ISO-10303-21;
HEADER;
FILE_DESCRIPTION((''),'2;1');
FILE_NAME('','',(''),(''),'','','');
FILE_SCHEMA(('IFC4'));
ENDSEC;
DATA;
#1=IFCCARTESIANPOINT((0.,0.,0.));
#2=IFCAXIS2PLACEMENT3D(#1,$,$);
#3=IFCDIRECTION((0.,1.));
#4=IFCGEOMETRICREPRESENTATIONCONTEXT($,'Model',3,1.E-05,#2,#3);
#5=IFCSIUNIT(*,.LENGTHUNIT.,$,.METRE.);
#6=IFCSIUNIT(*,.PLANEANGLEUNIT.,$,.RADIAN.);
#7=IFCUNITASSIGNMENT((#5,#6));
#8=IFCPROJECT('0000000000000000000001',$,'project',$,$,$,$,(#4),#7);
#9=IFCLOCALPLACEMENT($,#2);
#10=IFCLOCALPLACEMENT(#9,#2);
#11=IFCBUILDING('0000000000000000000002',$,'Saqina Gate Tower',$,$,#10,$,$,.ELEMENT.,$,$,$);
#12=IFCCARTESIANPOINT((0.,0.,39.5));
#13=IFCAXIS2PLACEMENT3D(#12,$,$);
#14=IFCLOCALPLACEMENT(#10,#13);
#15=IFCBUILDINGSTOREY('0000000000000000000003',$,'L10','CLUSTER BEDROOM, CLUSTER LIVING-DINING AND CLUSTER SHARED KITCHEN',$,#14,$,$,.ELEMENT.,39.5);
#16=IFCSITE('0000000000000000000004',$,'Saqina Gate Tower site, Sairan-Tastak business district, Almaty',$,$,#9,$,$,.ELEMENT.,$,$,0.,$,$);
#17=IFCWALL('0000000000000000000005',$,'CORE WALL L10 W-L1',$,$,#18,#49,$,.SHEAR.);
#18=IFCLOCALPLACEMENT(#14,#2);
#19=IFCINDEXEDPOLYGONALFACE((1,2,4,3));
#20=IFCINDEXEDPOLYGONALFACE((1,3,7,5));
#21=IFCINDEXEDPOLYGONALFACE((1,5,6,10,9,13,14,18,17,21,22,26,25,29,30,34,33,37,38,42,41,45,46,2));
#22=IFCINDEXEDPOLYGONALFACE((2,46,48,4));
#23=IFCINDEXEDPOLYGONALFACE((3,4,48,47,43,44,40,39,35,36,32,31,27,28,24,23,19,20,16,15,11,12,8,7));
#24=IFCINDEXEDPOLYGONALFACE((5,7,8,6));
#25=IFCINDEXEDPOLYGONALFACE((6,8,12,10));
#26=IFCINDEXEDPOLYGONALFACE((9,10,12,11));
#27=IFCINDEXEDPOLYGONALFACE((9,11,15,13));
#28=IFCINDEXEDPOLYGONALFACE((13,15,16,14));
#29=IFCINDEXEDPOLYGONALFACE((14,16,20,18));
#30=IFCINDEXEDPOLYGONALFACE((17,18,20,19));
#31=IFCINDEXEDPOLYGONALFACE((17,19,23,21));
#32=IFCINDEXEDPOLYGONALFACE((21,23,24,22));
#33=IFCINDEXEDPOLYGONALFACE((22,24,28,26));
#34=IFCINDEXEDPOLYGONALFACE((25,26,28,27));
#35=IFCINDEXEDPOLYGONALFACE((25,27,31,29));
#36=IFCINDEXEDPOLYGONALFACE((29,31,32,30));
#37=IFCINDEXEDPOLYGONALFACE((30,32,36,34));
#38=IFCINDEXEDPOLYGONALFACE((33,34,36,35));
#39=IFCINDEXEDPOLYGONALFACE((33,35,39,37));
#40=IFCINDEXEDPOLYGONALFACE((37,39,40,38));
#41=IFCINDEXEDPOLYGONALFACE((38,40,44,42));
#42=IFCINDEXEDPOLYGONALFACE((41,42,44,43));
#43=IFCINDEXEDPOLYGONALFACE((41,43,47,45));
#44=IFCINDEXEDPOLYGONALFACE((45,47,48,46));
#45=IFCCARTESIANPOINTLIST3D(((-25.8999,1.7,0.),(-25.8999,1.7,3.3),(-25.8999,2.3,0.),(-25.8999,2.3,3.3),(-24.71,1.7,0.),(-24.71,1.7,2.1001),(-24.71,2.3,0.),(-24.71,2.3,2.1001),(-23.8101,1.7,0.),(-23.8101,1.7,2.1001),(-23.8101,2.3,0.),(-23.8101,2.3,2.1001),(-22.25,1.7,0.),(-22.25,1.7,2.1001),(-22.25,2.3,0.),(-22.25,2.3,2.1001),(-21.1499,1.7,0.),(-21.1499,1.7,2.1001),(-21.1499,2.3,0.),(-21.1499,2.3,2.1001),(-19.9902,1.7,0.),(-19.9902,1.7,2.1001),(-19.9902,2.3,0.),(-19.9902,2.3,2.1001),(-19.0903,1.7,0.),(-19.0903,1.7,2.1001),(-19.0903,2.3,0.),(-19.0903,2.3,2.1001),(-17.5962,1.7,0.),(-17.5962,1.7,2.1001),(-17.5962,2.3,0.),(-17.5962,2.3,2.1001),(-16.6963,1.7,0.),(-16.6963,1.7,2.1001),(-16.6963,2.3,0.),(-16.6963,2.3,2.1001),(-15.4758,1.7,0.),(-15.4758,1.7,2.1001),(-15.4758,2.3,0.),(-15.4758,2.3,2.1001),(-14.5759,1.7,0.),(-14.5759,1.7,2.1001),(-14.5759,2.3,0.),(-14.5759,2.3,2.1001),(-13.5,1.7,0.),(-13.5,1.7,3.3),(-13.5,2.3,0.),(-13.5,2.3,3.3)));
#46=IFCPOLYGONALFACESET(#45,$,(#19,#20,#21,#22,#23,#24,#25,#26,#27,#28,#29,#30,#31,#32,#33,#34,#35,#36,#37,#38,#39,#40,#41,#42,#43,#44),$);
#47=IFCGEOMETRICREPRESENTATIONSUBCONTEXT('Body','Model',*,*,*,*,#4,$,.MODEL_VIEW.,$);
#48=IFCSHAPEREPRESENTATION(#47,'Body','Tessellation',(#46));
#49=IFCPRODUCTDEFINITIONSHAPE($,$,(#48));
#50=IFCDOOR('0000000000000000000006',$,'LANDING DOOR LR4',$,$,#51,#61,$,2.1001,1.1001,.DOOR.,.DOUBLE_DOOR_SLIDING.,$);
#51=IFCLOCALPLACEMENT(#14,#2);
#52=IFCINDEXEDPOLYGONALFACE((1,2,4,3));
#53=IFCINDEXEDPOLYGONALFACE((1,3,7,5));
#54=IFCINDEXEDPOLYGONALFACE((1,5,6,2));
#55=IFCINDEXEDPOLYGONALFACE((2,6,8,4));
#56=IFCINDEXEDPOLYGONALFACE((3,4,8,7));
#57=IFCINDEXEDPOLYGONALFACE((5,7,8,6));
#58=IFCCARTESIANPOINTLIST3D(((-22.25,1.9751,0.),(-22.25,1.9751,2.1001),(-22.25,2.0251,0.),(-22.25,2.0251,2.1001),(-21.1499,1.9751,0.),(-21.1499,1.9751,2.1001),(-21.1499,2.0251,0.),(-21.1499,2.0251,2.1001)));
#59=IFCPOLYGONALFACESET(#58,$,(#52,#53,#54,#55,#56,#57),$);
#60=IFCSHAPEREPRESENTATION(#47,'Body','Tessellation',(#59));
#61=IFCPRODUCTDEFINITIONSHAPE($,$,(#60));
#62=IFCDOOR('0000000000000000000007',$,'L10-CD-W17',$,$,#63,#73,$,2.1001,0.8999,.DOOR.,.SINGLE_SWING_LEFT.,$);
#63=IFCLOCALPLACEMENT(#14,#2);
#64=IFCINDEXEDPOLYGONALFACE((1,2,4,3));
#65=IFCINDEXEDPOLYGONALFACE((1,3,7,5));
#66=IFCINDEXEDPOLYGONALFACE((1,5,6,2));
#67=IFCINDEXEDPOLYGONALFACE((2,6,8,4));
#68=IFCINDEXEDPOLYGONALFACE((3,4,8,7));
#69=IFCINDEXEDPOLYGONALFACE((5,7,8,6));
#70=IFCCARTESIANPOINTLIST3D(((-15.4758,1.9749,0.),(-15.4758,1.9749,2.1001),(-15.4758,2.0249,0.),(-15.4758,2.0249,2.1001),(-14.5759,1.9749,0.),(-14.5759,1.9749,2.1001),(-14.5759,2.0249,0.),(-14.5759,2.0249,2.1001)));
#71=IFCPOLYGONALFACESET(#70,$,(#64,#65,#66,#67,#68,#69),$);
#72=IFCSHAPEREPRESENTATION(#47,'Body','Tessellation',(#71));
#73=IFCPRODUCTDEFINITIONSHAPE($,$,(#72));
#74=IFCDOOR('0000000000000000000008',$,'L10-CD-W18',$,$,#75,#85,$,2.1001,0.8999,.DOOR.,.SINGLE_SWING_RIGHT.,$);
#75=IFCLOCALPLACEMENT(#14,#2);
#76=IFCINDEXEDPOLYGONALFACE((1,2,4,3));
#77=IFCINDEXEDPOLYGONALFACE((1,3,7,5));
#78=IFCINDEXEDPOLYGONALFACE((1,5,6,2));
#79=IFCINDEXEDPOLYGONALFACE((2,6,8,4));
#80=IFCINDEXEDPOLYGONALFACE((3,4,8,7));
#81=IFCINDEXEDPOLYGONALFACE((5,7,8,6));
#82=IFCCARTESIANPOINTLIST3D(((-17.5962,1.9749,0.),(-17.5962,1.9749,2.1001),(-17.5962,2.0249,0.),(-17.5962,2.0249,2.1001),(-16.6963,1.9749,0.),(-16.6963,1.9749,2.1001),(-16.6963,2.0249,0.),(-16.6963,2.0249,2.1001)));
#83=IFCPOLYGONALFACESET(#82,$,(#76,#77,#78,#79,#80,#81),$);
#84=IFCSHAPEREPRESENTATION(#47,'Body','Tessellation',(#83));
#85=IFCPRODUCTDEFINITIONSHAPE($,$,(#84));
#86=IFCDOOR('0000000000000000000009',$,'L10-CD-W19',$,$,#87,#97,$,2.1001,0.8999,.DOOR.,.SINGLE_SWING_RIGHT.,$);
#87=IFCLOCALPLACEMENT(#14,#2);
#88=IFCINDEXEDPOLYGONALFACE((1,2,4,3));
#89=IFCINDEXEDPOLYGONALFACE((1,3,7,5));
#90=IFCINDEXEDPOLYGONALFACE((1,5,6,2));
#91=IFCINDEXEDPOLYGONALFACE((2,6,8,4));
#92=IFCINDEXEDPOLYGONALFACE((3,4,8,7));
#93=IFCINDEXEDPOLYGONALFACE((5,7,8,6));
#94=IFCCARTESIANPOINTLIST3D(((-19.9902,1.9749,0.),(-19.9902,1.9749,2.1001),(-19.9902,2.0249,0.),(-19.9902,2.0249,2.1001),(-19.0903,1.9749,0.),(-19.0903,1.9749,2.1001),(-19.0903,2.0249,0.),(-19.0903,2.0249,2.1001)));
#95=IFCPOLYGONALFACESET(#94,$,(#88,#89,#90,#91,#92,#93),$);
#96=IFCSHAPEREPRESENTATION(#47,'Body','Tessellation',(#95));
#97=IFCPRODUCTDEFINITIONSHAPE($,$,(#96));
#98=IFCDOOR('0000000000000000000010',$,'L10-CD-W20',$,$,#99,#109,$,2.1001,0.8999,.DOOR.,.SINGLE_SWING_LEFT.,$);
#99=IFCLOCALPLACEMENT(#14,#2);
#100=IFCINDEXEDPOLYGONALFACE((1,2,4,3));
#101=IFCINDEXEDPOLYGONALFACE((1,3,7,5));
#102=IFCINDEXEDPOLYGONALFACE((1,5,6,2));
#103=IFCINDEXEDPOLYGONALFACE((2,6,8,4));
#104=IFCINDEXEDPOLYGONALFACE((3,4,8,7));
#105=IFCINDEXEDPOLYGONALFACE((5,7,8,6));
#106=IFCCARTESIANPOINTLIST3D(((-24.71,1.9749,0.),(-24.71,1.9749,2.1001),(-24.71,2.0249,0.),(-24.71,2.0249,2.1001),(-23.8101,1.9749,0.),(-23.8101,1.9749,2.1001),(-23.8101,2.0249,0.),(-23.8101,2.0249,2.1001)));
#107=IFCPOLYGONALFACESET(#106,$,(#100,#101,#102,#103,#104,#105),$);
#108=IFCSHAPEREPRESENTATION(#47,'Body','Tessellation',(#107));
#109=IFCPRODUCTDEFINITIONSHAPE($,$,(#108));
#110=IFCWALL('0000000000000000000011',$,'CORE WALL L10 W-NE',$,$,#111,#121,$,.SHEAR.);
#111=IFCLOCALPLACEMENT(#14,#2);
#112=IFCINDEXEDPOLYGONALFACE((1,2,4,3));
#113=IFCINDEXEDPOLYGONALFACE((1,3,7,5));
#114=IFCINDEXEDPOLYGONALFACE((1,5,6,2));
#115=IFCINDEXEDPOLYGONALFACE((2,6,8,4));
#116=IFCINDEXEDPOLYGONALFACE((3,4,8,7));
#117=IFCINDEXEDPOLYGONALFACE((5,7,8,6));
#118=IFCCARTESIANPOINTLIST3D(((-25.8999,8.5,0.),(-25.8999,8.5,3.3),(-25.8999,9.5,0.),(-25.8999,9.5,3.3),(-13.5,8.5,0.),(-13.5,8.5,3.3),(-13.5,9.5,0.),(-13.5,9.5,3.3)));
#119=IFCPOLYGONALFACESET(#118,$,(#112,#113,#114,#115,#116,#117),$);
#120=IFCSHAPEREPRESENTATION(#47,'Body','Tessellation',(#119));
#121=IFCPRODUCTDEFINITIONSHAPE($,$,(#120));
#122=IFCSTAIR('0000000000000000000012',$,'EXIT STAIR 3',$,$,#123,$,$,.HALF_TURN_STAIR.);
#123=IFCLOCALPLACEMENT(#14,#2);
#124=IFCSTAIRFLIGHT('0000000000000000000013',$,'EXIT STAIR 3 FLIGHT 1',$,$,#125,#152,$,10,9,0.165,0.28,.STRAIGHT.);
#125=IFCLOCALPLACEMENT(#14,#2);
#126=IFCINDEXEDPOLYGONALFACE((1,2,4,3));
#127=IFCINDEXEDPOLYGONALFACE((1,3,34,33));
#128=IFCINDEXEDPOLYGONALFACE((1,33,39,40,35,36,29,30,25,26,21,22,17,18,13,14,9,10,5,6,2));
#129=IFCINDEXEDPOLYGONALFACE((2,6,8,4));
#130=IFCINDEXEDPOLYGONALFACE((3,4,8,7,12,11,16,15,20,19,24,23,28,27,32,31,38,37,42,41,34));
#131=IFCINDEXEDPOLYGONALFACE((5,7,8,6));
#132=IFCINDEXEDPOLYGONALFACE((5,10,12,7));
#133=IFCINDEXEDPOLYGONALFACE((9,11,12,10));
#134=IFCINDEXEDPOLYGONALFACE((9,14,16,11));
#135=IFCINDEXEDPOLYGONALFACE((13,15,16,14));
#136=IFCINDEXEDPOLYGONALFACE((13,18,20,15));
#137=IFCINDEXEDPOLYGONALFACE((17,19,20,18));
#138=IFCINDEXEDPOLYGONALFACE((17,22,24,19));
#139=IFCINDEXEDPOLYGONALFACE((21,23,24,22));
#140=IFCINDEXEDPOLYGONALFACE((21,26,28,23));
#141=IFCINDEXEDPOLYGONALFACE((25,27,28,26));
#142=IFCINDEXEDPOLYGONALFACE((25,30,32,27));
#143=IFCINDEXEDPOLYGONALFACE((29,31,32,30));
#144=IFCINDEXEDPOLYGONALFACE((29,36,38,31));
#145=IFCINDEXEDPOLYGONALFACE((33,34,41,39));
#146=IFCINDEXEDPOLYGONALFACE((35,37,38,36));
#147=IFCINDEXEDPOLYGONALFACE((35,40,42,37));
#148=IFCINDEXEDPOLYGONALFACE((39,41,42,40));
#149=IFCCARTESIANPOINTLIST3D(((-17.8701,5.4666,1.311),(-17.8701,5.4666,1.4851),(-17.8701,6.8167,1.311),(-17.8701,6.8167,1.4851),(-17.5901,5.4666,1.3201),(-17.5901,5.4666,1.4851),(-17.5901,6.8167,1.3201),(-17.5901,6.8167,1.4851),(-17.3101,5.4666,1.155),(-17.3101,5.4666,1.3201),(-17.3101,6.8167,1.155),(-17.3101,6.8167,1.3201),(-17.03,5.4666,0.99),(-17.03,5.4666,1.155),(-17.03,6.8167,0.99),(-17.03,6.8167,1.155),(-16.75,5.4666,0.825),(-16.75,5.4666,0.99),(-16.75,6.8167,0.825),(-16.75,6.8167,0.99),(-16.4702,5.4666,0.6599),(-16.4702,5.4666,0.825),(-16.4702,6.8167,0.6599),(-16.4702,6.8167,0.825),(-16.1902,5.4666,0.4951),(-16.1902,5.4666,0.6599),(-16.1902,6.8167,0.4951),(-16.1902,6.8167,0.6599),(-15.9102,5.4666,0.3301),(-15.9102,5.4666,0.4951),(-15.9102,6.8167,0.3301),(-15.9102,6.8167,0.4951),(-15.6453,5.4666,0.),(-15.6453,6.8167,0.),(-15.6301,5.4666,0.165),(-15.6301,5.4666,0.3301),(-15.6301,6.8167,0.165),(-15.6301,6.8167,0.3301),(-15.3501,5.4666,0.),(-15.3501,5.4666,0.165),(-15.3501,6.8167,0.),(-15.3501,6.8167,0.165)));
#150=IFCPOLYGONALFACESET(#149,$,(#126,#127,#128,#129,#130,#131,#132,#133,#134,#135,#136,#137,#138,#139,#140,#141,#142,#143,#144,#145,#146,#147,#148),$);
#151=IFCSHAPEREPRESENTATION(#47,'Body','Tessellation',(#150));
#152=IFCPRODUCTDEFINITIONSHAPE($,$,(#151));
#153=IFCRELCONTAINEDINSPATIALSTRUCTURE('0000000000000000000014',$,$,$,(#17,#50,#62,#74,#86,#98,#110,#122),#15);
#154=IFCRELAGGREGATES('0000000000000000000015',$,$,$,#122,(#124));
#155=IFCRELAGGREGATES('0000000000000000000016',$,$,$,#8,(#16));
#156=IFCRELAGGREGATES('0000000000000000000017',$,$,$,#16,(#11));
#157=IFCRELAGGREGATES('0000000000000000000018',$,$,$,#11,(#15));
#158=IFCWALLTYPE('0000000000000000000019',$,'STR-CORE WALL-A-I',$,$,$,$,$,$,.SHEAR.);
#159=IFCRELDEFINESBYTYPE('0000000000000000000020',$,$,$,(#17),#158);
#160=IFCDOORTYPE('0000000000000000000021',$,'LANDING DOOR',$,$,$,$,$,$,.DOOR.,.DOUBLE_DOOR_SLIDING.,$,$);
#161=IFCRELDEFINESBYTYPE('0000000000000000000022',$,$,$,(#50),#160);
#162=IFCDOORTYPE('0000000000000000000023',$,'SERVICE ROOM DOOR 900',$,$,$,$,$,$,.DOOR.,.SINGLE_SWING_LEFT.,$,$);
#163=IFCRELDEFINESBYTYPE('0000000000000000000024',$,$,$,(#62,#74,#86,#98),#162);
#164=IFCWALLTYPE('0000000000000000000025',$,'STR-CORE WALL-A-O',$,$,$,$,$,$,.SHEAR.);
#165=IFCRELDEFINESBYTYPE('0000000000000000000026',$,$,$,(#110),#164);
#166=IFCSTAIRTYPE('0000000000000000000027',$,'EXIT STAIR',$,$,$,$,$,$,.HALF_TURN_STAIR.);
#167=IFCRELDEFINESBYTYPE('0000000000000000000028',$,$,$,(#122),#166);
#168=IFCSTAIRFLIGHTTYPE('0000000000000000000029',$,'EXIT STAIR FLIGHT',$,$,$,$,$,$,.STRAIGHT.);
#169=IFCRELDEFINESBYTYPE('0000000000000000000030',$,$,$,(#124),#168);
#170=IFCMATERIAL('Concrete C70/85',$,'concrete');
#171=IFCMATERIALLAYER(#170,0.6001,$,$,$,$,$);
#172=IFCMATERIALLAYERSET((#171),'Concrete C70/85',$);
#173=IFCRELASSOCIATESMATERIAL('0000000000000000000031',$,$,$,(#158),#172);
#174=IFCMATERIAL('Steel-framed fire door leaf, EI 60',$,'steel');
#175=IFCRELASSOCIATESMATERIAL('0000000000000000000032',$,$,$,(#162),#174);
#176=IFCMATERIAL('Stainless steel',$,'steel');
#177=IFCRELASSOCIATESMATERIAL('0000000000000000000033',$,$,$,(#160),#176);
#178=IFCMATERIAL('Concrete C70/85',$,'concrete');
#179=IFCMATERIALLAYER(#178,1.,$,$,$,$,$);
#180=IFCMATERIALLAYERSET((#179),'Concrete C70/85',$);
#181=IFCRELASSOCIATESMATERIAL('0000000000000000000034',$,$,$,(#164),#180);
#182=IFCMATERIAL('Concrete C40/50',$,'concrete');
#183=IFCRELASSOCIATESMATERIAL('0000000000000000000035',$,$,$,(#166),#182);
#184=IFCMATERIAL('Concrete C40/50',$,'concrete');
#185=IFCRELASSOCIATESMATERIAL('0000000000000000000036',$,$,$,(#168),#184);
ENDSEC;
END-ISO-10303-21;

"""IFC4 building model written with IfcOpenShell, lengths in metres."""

from ifc_helpers import new_model, si_unit, direction, frame, frame_2d, origin, place, context, subcontext, project, spatial, polyline, rectangle, outline, extrude, material, layer, layer_set, type_object, element, fill, aggregate, save


model = new_model("IFC4")

# Units and contexts
model_context = context("Model", 3, precision=1e-05, world=origin(), true_north=direction((0.0, 1.0)))
body_context = subcontext(model_context, "Body", "Model", "MODEL_VIEW")
ifc_project = project(units=[si_unit("LENGTHUNIT", "METRE"), si_unit("PLANEANGLEUNIT", "RADIAN")], contexts=[model_context])

# Site, building, storey
site_placement = place(None, origin())
site = spatial("IfcSite", under=ifc_project, at=site_placement, Name="Saqina Gate Tower site, Sairan-Tastak business district, Almaty", CompositionType="ELEMENT", RefElevation=0.0)
building_placement = place(site_placement, origin())
building = spatial("IfcBuilding", under=site, at=building_placement, Name="Saqina Gate Tower", CompositionType="ELEMENT")
storey_placement = place(building_placement, frame((0.0, 0.0, 39.5)))
storey = spatial("IfcBuildingStorey", under=building, at=storey_placement, Name="L10", Description="CLUSTER BEDROOM, CLUSTER LIVING-DINING AND CLUSTER SHARED KITCHEN", CompositionType="ELEMENT", Elevation=39.5)

# Wall, openings, doors
ifc_material_1 = material(Name="Concrete C70/85", Category="concrete")
ifc_layer_1 = layer(ifc_material_1, 0.6001)
ifc_layer_set_1 = layer_set([ifc_layer_1], Name="Concrete C70/85")
wall_type_1 = type_object("IfcWallType", Name="STR-CORE WALL-A-I", PredefinedType="SHEAR", material=ifc_layer_set_1)
ifc_material_2 = material(Name="Steel-framed fire door leaf, EI 60", Category="steel")
door_type_1 = type_object("IfcDoorType", Name="SERVICE ROOM DOOR 900", OperationType="SINGLE_SWING_LEFT", PredefinedType="DOOR", material=ifc_material_2)
wall_1_placement = place(storey_placement, frame((-13.5, 2.0, 0.0), z_axis=(0.0, 0.0, 1.0), x_axis=(-1.0, 0.0, 0.0)))
wall_1 = element("IfcWall", 1, at=wall_1_placement, inside=storey, type_object=wall_type_1, Name="CORE WALL L10 W-L1", PredefinedType="SHEAR", context=body_context, shape_type="SweptSolid", body=[
    extrude(rectangle(XDim=12.3999, YDim=0.6001, at=frame_2d((6.2, 0.0))), origin(), (0.0, 0.0, 1.0), 3.3),
])
opening_1_placement = place(wall_1_placement, frame((7.6499, 0.0, 0.0)))
opening_1 = element("IfcOpeningElement", 2, at=opening_1_placement, cuts=wall_1, PredefinedType="OPENING", context=body_context, shape_type="SweptSolid", body=[
    extrude(rectangle(XDim=1.1001, YDim=2.1001, at=frame_2d((0.55, 1.05))), frame((0.0, 0.312, 0.0), z_axis=(0.0, -1.0, 0.0), x_axis=(1.0, 0.0, 0.0)), (0.0, 0.0, 1.0), 0.624),
])
opening_2_placement = place(wall_1_placement, frame((1.0759, 0.0, 0.0)))
opening_2 = element("IfcOpeningElement", 3, at=opening_2_placement, cuts=wall_1, PredefinedType="OPENING", context=body_context, shape_type="SweptSolid", body=[
    extrude(rectangle(XDim=0.8999, YDim=2.1001, at=frame_2d((0.45, 1.05))), frame((0.0, 0.312, 0.0), z_axis=(0.0, -1.0, 0.0), x_axis=(1.0, 0.0, 0.0)), (0.0, 0.0, 1.0), 0.624),
])
opening_3_placement = place(wall_1_placement, frame((3.1963, 0.0, 0.0)))
opening_3 = element("IfcOpeningElement", 4, at=opening_3_placement, cuts=wall_1, PredefinedType="OPENING", context=body_context, shape_type="SweptSolid", body=[
    extrude(rectangle(XDim=0.8999, YDim=2.1001, at=frame_2d((0.45, 1.05))), frame((0.0, 0.312, 0.0), z_axis=(0.0, -1.0, 0.0), x_axis=(1.0, 0.0, 0.0)), (0.0, 0.0, 1.0), 0.624),
])
opening_4_placement = place(wall_1_placement, frame((5.5903, 0.0, 0.0)))
opening_4 = element("IfcOpeningElement", 5, at=opening_4_placement, cuts=wall_1, PredefinedType="OPENING", context=body_context, shape_type="SweptSolid", body=[
    extrude(rectangle(XDim=0.8999, YDim=2.1001, at=frame_2d((0.45, 1.05))), frame((0.0, 0.312, 0.0), z_axis=(0.0, -1.0, 0.0), x_axis=(1.0, 0.0, 0.0)), (0.0, 0.0, 1.0), 0.624),
])
opening_5_placement = place(wall_1_placement, frame((10.3101, 0.0, 0.0)))
opening_5 = element("IfcOpeningElement", 6, at=opening_5_placement, cuts=wall_1, PredefinedType="OPENING", context=body_context, shape_type="SweptSolid", body=[
    extrude(rectangle(XDim=0.8999, YDim=2.1001, at=frame_2d((0.45, 1.05))), frame((0.0, 0.312, 0.0), z_axis=(0.0, -1.0, 0.0), x_axis=(1.0, 0.0, 0.0)), (0.0, 0.0, 1.0), 0.624),
])
ifc_material_3 = material(Name="Stainless steel", Category="steel")
door_type_2 = type_object("IfcDoorType", Name="LANDING DOOR", OperationType="DOUBLE_DOOR_SLIDING", PredefinedType="DOOR", material=ifc_material_3)
door_1_placement = place(opening_1_placement, origin())
door_1 = element("IfcDoor", 7, at=door_1_placement, inside=storey, type_object=door_type_2, Name="LANDING DOOR LR4", OperationType="DOUBLE_DOOR_SLIDING", OverallHeight=2.1001, OverallWidth=1.1001, PredefinedType="DOOR", context=body_context, shape_type="SweptSolid", body=[
    extrude(rectangle(XDim=1.1001, YDim=2.1001, at=frame_2d((0.55, 1.05))), frame((0.0, 0.0249, 0.0), z_axis=(0.0, -1.0, 0.0), x_axis=(1.0, 0.0, 0.0)), (0.0, 0.0, 1.0), 0.05),
])
fill(opening_1, door_1)
door_2_placement = place(opening_2_placement, frame((0.8999, 0.0, 0.0), z_axis=(0.0, 0.0, 1.0), x_axis=(-1.0, 0.0, 0.0)))
door_2 = element("IfcDoor", 8, at=door_2_placement, inside=storey, type_object=door_type_1, Name="L10-CD-W17", OperationType="SINGLE_SWING_LEFT", OverallHeight=2.1001, OverallWidth=0.8999, PredefinedType="DOOR", context=body_context, shape_type="SweptSolid", body=[
    extrude(rectangle(XDim=0.8999, YDim=2.1001, at=frame_2d((0.45, 1.05))), frame((0.0, 0.0249, 0.0), z_axis=(0.0, -1.0, 0.0), x_axis=(1.0, 0.0, 0.0)), (0.0, 0.0, 1.0), 0.05),
])
fill(opening_2, door_2)
door_3_placement = place(opening_3_placement, frame((0.8999, 0.0, 0.0), z_axis=(0.0, 0.0, 1.0), x_axis=(-1.0, 0.0, 0.0)))
door_3 = element("IfcDoor", 9, at=door_3_placement, inside=storey, type_object=door_type_1, Name="L10-CD-W18", OperationType="SINGLE_SWING_RIGHT", OverallHeight=2.1001, OverallWidth=0.8999, PredefinedType="DOOR", context=body_context, shape_type="SweptSolid", body=[
    extrude(rectangle(XDim=0.8999, YDim=2.1001, at=frame_2d((0.45, 1.05))), frame((0.0, 0.0249, 0.0), z_axis=(0.0, -1.0, 0.0), x_axis=(1.0, 0.0, 0.0)), (0.0, 0.0, 1.0), 0.05),
])
fill(opening_3, door_3)
door_4_placement = place(opening_4_placement, frame((0.8999, 0.0, 0.0), z_axis=(0.0, 0.0, 1.0), x_axis=(-1.0, 0.0, 0.0)))
door_4 = element("IfcDoor", 10, at=door_4_placement, inside=storey, type_object=door_type_1, Name="L10-CD-W19", OperationType="SINGLE_SWING_RIGHT", OverallHeight=2.1001, OverallWidth=0.8999, PredefinedType="DOOR", context=body_context, shape_type="SweptSolid", body=[
    extrude(rectangle(XDim=0.8999, YDim=2.1001, at=frame_2d((0.45, 1.05))), frame((0.0, 0.0249, 0.0), z_axis=(0.0, -1.0, 0.0), x_axis=(1.0, 0.0, 0.0)), (0.0, 0.0, 1.0), 0.05),
])
fill(opening_4, door_4)
door_5_placement = place(opening_5_placement, frame((0.8999, 0.0, 0.0), z_axis=(0.0, 0.0, 1.0), x_axis=(-1.0, 0.0, 0.0)))
door_5 = element("IfcDoor", 11, at=door_5_placement, inside=storey, type_object=door_type_1, Name="L10-CD-W20", OperationType="SINGLE_SWING_LEFT", OverallHeight=2.1001, OverallWidth=0.8999, PredefinedType="DOOR", context=body_context, shape_type="SweptSolid", body=[
    extrude(rectangle(XDim=0.8999, YDim=2.1001, at=frame_2d((0.45, 1.05))), frame((0.0, 0.0249, 0.0), z_axis=(0.0, -1.0, 0.0), x_axis=(1.0, 0.0, 0.0)), (0.0, 0.0, 1.0), 0.05),
])
fill(opening_5, door_5)

# Wall
ifc_material_4 = material(Name="Concrete C70/85", Category="concrete")
ifc_layer_2 = layer(ifc_material_4, 1.0)
ifc_layer_set_2 = layer_set([ifc_layer_2], Name="Concrete C70/85")
wall_type_2 = type_object("IfcWallType", Name="STR-CORE WALL-A-O", PredefinedType="SHEAR", material=ifc_layer_set_2)
wall_2_placement = place(storey_placement, frame((-13.5, 9.0, 0.0), z_axis=(0.0, 0.0, 1.0), x_axis=(-1.0, 0.0, 0.0)))
element("IfcWall", 12, at=wall_2_placement, inside=storey, type_object=wall_type_2, Name="CORE WALL L10 W-NE", PredefinedType="SHEAR", context=body_context, shape_type="SweptSolid", body=[
    extrude(rectangle(XDim=12.3999, YDim=1.0, at=frame_2d((6.2, 0.0))), origin(), (0.0, 0.0, 1.0), 3.3),
])

# Stair, stair flight
ifc_material_5 = material(Name="Concrete C40/50", Category="concrete")
stair_type = type_object("IfcStairType", Name="EXIT STAIR", PredefinedType="HALF_TURN_STAIR", material=ifc_material_5)
stair_placement = place(storey_placement, origin())
stair = element("IfcStair", 13, at=stair_placement, inside=storey, type_object=stair_type, Name="EXIT STAIR 3", PredefinedType="HALF_TURN_STAIR")
ifc_material_6 = material(Name="Concrete C40/50", Category="concrete")
stair_flight_type = type_object("IfcStairFlightType", Name="EXIT STAIR FLIGHT", PredefinedType="STRAIGHT", material=ifc_material_6)
stair_flight_placement = place(storey_placement, frame((-15.3501, 6.1416, 0.0), z_axis=(0.0, 0.0, 1.0), x_axis=(-1.0, 0.0, 0.0)))
stair_flight = element("IfcStairFlight", 14, at=stair_flight_placement, type_object=stair_flight_type, Name="EXIT STAIR 3 FLIGHT 1", NumberOfRisers=10, NumberOfTreads=9, PredefinedType="STRAIGHT", RiserHeight=0.165, TreadLength=0.28, context=body_context, shape_type="SweptSolid", body=[
    extrude(outline(polyline([(0.0, 0.0), (0.0, 0.165), (0.28, 0.165), (0.28, 0.3301), (0.5601, 0.3301), (0.5601, 0.4951), (0.8401, 0.4951), (0.8401, 0.6599), (1.1201, 0.6599), (1.1201, 0.825), (1.3999, 0.825), (1.3999, 0.99), (1.6799, 0.99), (1.6799, 1.155), (1.96, 1.155), (1.96, 1.3201), (2.24, 1.3201), (2.24, 1.4851), (2.52, 1.4851), (2.52, 1.6499), (2.52, 1.311), (0.2952, 0.0), (0.0, 0.0)])), frame((0.0, 0.675, 0.0), z_axis=(0.0, -1.0, 0.0), x_axis=(1.0, 0.0, 0.0)), (0.0, 0.0, 1.0), 1.3501),
])
aggregate(stair, [stair_flight])

save(model, "model.ifc")
